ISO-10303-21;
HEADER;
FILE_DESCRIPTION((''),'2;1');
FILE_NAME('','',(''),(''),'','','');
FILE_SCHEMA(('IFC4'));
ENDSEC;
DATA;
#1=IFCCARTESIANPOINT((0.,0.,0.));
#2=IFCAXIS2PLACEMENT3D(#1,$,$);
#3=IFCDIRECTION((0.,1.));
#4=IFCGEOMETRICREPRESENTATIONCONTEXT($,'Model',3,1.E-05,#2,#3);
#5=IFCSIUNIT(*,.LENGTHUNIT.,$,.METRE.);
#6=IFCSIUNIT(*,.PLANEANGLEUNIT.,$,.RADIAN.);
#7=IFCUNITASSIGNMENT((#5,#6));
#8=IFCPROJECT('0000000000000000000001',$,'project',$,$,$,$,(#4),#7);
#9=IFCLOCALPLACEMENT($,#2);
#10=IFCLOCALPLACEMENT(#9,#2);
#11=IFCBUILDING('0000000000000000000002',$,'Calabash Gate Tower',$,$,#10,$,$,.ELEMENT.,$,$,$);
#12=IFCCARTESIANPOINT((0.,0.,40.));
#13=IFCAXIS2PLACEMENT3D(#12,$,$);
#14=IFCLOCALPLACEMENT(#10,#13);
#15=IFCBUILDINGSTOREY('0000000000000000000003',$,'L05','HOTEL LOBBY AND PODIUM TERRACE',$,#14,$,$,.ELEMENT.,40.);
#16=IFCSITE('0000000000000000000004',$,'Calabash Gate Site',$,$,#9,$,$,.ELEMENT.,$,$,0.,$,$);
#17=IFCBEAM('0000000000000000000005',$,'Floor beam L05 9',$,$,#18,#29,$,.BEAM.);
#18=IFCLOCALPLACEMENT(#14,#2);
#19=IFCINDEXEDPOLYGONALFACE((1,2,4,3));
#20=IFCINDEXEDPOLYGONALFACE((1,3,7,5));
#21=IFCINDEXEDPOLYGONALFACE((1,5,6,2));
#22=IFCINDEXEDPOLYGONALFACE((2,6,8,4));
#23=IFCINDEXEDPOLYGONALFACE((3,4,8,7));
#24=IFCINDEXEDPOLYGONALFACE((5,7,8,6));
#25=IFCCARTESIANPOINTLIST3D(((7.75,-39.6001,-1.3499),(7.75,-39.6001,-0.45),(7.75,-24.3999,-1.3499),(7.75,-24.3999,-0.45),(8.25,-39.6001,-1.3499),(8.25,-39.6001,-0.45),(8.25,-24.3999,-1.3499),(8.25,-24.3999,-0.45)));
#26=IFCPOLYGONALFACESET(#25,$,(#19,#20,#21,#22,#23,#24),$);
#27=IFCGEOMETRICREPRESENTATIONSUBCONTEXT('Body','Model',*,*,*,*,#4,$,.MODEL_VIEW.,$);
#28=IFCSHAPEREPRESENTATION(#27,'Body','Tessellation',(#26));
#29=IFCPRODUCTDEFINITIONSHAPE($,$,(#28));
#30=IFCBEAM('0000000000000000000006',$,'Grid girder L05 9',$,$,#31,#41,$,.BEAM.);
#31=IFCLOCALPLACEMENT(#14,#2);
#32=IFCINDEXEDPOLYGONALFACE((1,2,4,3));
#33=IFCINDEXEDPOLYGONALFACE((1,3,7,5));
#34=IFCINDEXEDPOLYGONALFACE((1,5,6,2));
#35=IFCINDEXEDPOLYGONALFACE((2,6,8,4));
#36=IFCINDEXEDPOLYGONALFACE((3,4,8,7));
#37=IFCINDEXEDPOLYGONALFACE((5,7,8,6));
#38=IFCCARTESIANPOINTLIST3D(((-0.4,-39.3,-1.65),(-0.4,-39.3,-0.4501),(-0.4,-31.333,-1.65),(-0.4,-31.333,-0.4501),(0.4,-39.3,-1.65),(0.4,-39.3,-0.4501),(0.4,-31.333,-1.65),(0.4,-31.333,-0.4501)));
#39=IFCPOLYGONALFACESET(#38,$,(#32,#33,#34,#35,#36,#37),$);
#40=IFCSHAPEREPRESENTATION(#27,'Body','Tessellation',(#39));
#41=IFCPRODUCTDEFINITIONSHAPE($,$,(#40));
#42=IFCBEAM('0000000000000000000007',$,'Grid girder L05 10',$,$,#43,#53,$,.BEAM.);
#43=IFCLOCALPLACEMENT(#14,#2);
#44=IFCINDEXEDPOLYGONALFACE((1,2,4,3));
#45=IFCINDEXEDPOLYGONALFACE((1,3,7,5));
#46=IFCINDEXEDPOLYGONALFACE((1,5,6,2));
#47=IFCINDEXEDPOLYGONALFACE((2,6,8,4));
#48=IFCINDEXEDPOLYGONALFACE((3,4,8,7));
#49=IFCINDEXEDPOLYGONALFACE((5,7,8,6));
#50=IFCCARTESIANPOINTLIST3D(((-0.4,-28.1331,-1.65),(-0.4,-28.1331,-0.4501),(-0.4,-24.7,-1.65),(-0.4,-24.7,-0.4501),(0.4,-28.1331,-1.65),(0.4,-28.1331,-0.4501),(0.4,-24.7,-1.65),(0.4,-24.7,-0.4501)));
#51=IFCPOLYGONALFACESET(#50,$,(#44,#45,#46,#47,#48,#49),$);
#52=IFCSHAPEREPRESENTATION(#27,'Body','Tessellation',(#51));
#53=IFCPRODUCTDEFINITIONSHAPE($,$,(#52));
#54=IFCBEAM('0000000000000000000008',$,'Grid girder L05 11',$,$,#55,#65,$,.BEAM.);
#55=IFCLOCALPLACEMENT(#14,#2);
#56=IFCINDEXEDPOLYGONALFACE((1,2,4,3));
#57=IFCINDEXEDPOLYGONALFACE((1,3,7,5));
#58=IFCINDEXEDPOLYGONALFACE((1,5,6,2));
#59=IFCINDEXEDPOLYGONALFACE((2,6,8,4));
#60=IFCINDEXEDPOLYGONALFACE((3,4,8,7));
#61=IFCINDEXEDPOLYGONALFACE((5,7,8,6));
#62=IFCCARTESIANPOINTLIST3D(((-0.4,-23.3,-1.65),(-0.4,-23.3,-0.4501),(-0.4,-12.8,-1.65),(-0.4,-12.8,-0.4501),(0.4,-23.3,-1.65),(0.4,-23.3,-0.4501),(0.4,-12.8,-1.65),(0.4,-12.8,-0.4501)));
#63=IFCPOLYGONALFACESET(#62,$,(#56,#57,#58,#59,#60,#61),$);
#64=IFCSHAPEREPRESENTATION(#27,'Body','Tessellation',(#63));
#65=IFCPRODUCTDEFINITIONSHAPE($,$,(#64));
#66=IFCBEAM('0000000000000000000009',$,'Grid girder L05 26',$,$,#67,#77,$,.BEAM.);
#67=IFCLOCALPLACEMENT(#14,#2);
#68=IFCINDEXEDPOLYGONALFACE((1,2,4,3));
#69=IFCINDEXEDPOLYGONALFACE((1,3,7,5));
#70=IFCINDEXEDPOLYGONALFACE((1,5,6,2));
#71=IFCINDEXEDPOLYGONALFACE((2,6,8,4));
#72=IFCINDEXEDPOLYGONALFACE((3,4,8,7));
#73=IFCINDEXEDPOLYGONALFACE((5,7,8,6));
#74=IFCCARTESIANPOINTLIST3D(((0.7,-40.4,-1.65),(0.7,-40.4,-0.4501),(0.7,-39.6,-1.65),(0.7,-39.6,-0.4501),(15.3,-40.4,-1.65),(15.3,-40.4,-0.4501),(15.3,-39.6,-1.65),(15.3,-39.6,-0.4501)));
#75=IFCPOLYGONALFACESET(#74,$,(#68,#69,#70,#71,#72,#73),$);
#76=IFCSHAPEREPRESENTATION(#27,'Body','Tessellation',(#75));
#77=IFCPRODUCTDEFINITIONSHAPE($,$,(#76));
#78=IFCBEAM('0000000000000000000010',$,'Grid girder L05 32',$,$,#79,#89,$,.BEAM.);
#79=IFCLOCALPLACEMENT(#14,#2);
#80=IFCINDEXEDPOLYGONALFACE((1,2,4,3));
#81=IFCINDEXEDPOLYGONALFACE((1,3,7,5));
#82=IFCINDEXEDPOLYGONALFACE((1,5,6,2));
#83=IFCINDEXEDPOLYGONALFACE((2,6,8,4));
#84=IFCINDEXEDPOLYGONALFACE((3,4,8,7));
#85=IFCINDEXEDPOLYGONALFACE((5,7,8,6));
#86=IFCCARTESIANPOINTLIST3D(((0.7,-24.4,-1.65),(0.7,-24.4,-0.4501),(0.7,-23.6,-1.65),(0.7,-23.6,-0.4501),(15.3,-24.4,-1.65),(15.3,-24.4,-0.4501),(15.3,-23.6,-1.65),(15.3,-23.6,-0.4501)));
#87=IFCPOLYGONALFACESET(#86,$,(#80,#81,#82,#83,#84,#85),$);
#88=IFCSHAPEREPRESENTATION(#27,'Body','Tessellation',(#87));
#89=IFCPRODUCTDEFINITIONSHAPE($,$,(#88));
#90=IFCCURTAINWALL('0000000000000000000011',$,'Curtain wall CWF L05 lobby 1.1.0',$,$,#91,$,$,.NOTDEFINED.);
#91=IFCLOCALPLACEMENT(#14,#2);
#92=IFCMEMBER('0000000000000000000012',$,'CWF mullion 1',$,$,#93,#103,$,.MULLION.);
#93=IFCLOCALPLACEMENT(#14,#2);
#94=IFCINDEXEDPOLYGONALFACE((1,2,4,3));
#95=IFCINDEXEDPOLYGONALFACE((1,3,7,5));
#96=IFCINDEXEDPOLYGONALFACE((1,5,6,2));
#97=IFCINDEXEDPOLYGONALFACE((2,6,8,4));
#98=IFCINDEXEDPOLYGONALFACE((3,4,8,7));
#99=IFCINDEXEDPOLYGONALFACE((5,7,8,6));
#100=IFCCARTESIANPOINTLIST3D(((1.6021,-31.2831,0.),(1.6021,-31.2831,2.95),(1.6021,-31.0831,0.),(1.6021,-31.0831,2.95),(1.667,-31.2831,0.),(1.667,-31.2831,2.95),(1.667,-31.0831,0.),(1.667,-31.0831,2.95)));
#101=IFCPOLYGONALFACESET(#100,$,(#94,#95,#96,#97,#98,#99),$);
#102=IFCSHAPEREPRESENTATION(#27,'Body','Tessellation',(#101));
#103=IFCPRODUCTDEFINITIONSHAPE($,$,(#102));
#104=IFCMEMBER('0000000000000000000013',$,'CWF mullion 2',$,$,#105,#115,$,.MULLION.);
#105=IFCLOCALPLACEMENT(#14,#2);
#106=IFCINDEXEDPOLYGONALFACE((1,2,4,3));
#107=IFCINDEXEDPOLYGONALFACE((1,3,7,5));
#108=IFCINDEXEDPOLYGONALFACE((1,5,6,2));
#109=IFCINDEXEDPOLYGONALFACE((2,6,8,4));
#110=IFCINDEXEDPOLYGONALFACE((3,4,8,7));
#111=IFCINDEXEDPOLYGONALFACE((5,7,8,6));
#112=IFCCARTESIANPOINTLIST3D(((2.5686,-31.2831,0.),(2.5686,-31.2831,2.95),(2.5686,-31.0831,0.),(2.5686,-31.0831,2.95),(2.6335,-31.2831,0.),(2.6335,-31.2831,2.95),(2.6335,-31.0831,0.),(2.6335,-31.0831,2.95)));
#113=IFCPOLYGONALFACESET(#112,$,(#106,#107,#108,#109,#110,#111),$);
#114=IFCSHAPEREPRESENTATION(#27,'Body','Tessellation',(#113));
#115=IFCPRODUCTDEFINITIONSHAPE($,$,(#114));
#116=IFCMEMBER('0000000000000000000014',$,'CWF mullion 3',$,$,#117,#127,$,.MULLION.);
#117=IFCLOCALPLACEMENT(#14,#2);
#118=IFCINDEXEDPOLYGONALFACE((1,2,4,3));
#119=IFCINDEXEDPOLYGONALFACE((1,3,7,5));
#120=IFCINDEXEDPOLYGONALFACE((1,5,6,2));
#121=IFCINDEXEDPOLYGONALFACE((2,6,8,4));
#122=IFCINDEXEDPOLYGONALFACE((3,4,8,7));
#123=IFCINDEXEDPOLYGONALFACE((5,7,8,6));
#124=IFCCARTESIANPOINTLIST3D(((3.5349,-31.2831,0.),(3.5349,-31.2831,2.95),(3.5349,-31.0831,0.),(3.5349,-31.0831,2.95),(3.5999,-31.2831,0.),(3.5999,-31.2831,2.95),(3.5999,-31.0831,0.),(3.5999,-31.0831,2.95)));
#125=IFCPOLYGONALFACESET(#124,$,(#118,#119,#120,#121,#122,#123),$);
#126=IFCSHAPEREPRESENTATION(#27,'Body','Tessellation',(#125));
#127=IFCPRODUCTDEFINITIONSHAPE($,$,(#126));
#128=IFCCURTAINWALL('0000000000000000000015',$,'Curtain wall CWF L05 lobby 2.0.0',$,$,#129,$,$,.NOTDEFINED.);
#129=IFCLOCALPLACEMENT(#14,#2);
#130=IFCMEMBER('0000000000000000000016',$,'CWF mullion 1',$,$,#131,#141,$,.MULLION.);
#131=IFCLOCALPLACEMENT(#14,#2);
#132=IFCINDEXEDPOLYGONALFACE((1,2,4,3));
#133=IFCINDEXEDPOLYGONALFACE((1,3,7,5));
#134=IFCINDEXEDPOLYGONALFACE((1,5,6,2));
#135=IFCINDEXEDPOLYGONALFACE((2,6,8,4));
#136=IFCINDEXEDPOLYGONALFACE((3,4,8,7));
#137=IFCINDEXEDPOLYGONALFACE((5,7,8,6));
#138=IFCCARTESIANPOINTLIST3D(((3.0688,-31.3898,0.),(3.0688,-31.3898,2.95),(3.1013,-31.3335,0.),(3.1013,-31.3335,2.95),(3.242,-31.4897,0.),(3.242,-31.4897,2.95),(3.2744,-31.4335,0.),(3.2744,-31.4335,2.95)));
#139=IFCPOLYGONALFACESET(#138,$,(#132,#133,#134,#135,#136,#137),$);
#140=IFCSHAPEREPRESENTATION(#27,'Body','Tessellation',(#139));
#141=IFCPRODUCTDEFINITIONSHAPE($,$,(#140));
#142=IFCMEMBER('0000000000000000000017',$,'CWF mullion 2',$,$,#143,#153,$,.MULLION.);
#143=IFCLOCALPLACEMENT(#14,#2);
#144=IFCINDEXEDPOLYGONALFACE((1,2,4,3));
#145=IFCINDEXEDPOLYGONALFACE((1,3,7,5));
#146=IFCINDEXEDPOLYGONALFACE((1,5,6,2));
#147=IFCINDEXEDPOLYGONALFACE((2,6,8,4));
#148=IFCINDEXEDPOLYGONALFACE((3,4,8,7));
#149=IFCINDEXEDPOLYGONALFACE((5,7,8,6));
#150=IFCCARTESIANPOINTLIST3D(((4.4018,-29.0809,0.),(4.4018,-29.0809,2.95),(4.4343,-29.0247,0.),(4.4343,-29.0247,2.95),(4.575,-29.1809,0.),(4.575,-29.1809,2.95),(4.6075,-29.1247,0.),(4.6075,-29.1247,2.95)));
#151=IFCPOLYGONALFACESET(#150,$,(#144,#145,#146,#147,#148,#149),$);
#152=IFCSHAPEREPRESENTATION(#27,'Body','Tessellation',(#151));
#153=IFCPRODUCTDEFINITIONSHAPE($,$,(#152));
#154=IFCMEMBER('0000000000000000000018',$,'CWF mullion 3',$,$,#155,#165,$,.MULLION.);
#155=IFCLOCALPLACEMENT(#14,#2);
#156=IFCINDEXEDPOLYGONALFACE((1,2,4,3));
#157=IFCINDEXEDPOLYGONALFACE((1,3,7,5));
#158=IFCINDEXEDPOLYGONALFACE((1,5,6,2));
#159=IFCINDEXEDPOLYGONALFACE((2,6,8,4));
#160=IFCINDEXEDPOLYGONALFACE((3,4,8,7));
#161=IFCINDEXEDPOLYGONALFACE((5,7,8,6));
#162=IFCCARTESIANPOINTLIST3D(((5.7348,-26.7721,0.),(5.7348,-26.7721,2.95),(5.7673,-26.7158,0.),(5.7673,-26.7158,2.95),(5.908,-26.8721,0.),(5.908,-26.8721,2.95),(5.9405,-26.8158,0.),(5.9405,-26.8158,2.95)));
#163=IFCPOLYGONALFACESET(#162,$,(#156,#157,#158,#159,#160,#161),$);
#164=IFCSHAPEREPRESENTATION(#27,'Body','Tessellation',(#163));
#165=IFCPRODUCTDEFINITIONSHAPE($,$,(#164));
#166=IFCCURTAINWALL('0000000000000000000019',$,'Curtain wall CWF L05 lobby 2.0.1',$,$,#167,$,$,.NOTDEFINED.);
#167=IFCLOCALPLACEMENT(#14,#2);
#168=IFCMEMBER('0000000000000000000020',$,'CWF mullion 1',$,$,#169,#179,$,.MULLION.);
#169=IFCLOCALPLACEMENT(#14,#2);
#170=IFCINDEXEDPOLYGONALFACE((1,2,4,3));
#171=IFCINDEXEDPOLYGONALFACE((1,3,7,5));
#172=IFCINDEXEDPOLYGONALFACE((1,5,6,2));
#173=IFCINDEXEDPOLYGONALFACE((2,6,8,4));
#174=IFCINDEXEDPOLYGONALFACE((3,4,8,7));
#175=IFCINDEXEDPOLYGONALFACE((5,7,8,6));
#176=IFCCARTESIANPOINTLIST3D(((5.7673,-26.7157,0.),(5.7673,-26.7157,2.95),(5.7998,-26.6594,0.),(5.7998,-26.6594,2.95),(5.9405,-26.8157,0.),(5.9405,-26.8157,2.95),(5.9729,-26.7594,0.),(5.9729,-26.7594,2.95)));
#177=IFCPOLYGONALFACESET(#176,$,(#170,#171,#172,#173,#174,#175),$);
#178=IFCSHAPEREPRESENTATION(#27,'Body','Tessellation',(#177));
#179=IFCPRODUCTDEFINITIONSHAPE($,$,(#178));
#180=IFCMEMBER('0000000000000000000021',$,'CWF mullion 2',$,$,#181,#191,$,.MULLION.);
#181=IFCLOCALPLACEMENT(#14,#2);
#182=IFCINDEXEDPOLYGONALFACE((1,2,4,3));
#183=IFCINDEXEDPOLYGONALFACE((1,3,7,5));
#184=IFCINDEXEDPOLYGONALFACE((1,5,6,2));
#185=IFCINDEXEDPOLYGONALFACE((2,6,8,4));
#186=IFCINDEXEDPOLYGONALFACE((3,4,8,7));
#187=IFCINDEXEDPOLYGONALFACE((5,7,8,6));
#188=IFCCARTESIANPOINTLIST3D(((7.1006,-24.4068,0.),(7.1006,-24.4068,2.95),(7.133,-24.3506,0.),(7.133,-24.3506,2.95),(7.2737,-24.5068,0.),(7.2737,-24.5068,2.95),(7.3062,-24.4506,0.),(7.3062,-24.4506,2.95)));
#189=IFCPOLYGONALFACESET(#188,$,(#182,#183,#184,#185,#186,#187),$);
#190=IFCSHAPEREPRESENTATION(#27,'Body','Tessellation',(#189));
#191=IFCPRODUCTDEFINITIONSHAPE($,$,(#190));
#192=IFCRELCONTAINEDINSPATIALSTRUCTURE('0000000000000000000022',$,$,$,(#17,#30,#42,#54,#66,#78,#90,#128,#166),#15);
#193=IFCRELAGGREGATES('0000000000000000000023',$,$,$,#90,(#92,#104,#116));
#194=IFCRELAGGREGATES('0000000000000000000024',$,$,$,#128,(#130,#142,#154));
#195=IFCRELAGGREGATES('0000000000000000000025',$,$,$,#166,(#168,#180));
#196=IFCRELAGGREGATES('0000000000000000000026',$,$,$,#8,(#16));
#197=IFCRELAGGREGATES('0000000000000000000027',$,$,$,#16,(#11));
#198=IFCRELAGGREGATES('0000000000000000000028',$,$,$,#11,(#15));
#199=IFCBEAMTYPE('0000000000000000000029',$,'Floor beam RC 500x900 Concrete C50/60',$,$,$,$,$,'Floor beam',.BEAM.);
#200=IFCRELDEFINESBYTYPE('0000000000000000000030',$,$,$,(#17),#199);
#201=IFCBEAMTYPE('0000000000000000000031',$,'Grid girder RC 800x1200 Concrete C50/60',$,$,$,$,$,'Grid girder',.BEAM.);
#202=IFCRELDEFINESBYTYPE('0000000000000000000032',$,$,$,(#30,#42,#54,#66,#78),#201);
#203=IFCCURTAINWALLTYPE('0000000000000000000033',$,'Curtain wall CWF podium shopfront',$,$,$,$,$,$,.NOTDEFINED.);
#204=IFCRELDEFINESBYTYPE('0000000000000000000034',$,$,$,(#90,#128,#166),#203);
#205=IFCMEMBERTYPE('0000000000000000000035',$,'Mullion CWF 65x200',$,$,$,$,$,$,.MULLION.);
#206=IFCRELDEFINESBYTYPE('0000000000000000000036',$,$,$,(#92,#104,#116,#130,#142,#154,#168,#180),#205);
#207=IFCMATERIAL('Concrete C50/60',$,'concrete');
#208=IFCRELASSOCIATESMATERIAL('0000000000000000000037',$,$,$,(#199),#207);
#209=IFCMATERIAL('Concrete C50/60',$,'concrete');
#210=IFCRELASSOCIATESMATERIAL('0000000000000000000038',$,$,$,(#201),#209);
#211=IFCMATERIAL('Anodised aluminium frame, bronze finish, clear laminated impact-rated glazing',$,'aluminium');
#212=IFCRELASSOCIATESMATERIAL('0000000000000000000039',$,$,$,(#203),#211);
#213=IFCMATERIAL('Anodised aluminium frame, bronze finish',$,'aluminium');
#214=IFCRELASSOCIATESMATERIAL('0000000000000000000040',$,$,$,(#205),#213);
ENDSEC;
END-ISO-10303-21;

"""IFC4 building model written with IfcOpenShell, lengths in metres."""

from ifc_helpers import new_model, si_unit, direction, frame, origin, origin_2d, place, context, subcontext, project, spatial, rectangle, extrude, material, material_profile, profile_set, type_object, element, aggregate, save


model = new_model("IFC4")

# Units and contexts
model_context = context("Model", 3, precision=1e-05, world=origin(), true_north=direction((0.0, 1.0)))
body_context = subcontext(model_context, "Body", "Model", "MODEL_VIEW")
ifc_project = project(units=[si_unit("LENGTHUNIT", "METRE"), si_unit("PLANEANGLEUNIT", "RADIAN")], contexts=[model_context])

# Site, building, storey
site_placement = place(None, origin())
site = spatial("IfcSite", under=ifc_project, at=site_placement, Name="Calabash Gate Site", CompositionType="ELEMENT", RefElevation=0.0)
building_placement = place(site_placement, origin())
building = spatial("IfcBuilding", under=site, at=building_placement, Name="Calabash Gate Tower", CompositionType="ELEMENT")
storey_placement = place(building_placement, frame((0.0, 0.0, 40.0)))
storey = spatial("IfcBuildingStorey", under=building, at=storey_placement, Name="L05", Description="HOTEL LOBBY AND PODIUM TERRACE", CompositionType="ELEMENT", Elevation=40.0)

# Beams
ifc_material_1 = material(Name="Concrete C50/60", Category="concrete")
ifc_material_profile_1 = material_profile(ifc_material_1, rectangle(XDim=0.5, YDim=0.8999, at=origin_2d()))
ifc_profile_set_1 = profile_set([ifc_material_profile_1], Name="Concrete C50/60")
beam_type_1 = type_object("IfcBeamType", Name="Floor beam RC 500x900 Concrete C50/60", ElementType="Floor beam", PredefinedType="BEAM", material=ifc_profile_set_1)
beam_1_placement = place(storey_placement, frame((8.0, -39.6001, -0.8999), z_axis=(0.0, 1.0, 0.0), x_axis=(-1.0, 0.0, 0.0)))
element("IfcBeam", 1, at=beam_1_placement, inside=storey, type_object=beam_type_1, Name="Floor beam L05 9", PredefinedType="BEAM", context=body_context, shape_type="SweptSolid", body=[
    extrude(rectangle(XDim=0.5, YDim=0.8999, at=origin_2d()), origin(), (0.0, 0.0, 1.0), 15.2002),
])
ifc_material_2 = material(Name="Concrete C50/60", Category="concrete")
ifc_material_profile_2 = material_profile(ifc_material_2, rectangle(XDim=0.8, YDim=1.2, at=origin_2d()))
ifc_profile_set_2 = profile_set([ifc_material_profile_2], Name="Concrete C50/60")
beam_type_2 = type_object("IfcBeamType", Name="Grid girder RC 800x1200 Concrete C50/60", ElementType="Grid girder", PredefinedType="BEAM", material=ifc_profile_set_2)
beam_2_placement = place(storey_placement, frame((0.0, -39.3, -1.05), z_axis=(0.0, 1.0, 0.0), x_axis=(-1.0, 0.0, 0.0)))
element("IfcBeam", 2, at=beam_2_placement, inside=storey, type_object=beam_type_2, Name="Grid girder L05 9", PredefinedType="BEAM", context=body_context, shape_type="SweptSolid", body=[
    extrude(rectangle(XDim=0.8, YDim=1.2, at=origin_2d()), origin(), (0.0, 0.0, 1.0), 7.967),
])
beam_3_placement = place(storey_placement, frame((0.0, -28.1331, -1.05), z_axis=(0.0, 1.0, 0.0), x_axis=(-1.0, 0.0, 0.0)))
element("IfcBeam", 3, at=beam_3_placement, inside=storey, type_object=beam_type_2, Name="Grid girder L05 10", PredefinedType="BEAM", context=body_context, shape_type="SweptSolid", body=[
    extrude(rectangle(XDim=0.8, YDim=1.2, at=origin_2d()), origin(), (0.0, 0.0, 1.0), 3.4331),
])
beam_4_placement = place(storey_placement, frame((0.0, -23.3, -1.05), z_axis=(0.0, 1.0, 0.0), x_axis=(-1.0, 0.0, 0.0)))
element("IfcBeam", 4, at=beam_4_placement, inside=storey, type_object=beam_type_2, Name="Grid girder L05 11", PredefinedType="BEAM", context=body_context, shape_type="SweptSolid", body=[
    extrude(rectangle(XDim=0.8, YDim=1.2, at=origin_2d()), origin(), (0.0, 0.0, 1.0), 10.5),
])
for number, where, z_axis, x_axis, name in (
    (5, (0.7, -40.0, -1.05), (1.0, 0.0, 0.0), (0.0, 1.0, 0.0), "Grid girder L05 26"),
    (6, (0.7, -24.0, -1.05), (1.0, 0.0, 0.0), (0.0, 1.0, 0.0), "Grid girder L05 32"),
):
    element("IfcBeam", number, at=place(storey_placement, frame(where, z_axis=z_axis, x_axis=x_axis)), inside=storey, type_object=beam_type_2, Name=name, PredefinedType="BEAM", context=body_context, shape_type="SweptSolid", body=[
        extrude(rectangle(XDim=0.8, YDim=1.2, at=origin_2d()), origin(), (0.0, 0.0, 1.0), 14.6001),
    ])

# Curtain walls, members
ifc_material_3 = material(Name="Anodised aluminium frame, bronze finish, clear laminated impact-rated glazing", Category="aluminium")
curtain_wall_type = type_object("IfcCurtainWallType", Name="Curtain wall CWF podium shopfront", PredefinedType="NOTDEFINED", material=ifc_material_3)
curtain_wall_1_placement = place(storey_placement, origin())
curtain_wall_1 = element("IfcCurtainWall", 7, at=curtain_wall_1_placement, inside=storey, type_object=curtain_wall_type, Name="Curtain wall CWF L05 lobby 1.1.0", PredefinedType="NOTDEFINED")
ifc_material_4 = material(Name="Anodised aluminium frame, bronze finish", Category="aluminium")
ifc_material_profile_3 = material_profile(ifc_material_4, rectangle(XDim=0.2, YDim=0.0649, at=origin_2d()))
ifc_profile_set_3 = profile_set([ifc_material_profile_3], Name="Anodised aluminium frame, bronze finish")
member_type_1 = type_object("IfcMemberType", Name="Mullion CWF 65x200", PredefinedType="MULLION", material=ifc_profile_set_3)
member_1_placement = place(storey_placement, frame((1.6345, -31.1831, 0.0), z_axis=(0.0, 0.0, 1.0), x_axis=(0.0, 1.0, 0.0)))
member_1 = element("IfcMember", 8, at=member_1_placement, type_object=member_type_1, Name="CWF mullion 1", PredefinedType="MULLION", context=body_context, shape_type="SweptSolid", body=[
    extrude(rectangle(XDim=0.2, YDim=0.0649, at=origin_2d()), origin(), (0.0, 0.0, 1.0), 2.95),
])
member_2_placement = place(storey_placement, frame((2.6011, -31.1831, 0.0), z_axis=(0.0, 0.0, 1.0), x_axis=(0.0, 1.0, 0.0)))
member_2 = element("IfcMember", 9, at=member_2_placement, type_object=member_type_1, Name="CWF mullion 2", PredefinedType="MULLION", context=body_context, shape_type="SweptSolid", body=[
    extrude(rectangle(XDim=0.2, YDim=0.0649, at=origin_2d()), origin(), (0.0, 0.0, 1.0), 2.95),
])
member_3_placement = place(storey_placement, frame((3.5674, -31.1831, 0.0), z_axis=(0.0, 0.0, 1.0), x_axis=(0.0, 1.0, 0.0)))
member_3 = element("IfcMember", 10, at=member_3_placement, type_object=member_type_1, Name="CWF mullion 3", PredefinedType="MULLION", context=body_context, shape_type="SweptSolid", body=[
    extrude(rectangle(XDim=0.2, YDim=0.0649, at=origin_2d()), origin(), (0.0, 0.0, 1.0), 2.95),
])
curtain_wall_2_placement = place(storey_placement, origin())
curtain_wall_2 = element("IfcCurtainWall", 11, at=curtain_wall_2_placement, inside=storey, type_object=curtain_wall_type, Name="Curtain wall CWF L05 lobby 2.0.0", PredefinedType="NOTDEFINED")
member_4_placement = place(storey_placement, frame((3.1716, -31.4116, 0.0), z_axis=(0.0, 0.0, 1.0), x_axis=(-0.866025, 0.5, 0.0)))
member_4 = element("IfcMember", 12, at=member_4_placement, type_object=member_type_1, Name="CWF mullion 1", PredefinedType="MULLION", context=body_context, shape_type="SweptSolid", body=[
    extrude(rectangle(XDim=0.2, YDim=0.0649, at=origin_2d()), origin(), (0.0, 0.0, 1.0), 2.95),
])
member_5_placement = place(storey_placement, frame((4.5046, -29.1028, 0.0), z_axis=(0.0, 0.0, 1.0), x_axis=(-0.866025, 0.5, 0.0)))
member_5 = element("IfcMember", 13, at=member_5_placement, type_object=member_type_1, Name="CWF mullion 2", PredefinedType="MULLION", context=body_context, shape_type="SweptSolid", body=[
    extrude(rectangle(XDim=0.2, YDim=0.0649, at=origin_2d()), origin(), (0.0, 0.0, 1.0), 2.95),
])
member_6_placement = place(storey_placement, frame((5.8376, -26.7939, 0.0), z_axis=(0.0, 0.0, 1.0), x_axis=(-0.866025, 0.5, 0.0)))
member_6 = element("IfcMember", 14, at=member_6_placement, type_object=member_type_1, Name="CWF mullion 3", PredefinedType="MULLION", context=body_context, shape_type="SweptSolid", body=[
    extrude(rectangle(XDim=0.2, YDim=0.0649, at=origin_2d()), origin(), (0.0, 0.0, 1.0), 2.95),
])
curtain_wall_3_placement = place(storey_placement, origin())
curtain_wall_3 = element("IfcCurtainWall", 15, at=curtain_wall_3_placement, inside=storey, type_object=curtain_wall_type, Name="Curtain wall CWF L05 lobby 2.0.1", PredefinedType="NOTDEFINED")
member_7_placement = place(storey_placement, frame((5.8701, -26.7375, 0.0), z_axis=(0.0, 0.0, 1.0), x_axis=(-0.866025, 0.5, 0.0)))
member_7 = element("IfcMember", 16, at=member_7_placement, type_object=member_type_1, Name="CWF mullion 1", PredefinedType="MULLION", context=body_context, shape_type="SweptSolid", body=[
    extrude(rectangle(XDim=0.2, YDim=0.0649, at=origin_2d()), origin(), (0.0, 0.0, 1.0), 2.95),
])
member_8_placement = place(storey_placement, frame((7.2034, -24.4287, 0.0), z_axis=(0.0, 0.0, 1.0), x_axis=(-0.866025, 0.5, 0.0)))
member_8 = element("IfcMember", 17, at=member_8_placement, type_object=member_type_1, Name="CWF mullion 2", PredefinedType="MULLION", context=body_context, shape_type="SweptSolid", body=[
    extrude(rectangle(XDim=0.2, YDim=0.0649, at=origin_2d()), origin(), (0.0, 0.0, 1.0), 2.95),
])

aggregate(curtain_wall_1, [member_1, member_2, member_3])
aggregate(curtain_wall_2, [member_4, member_5, member_6])
aggregate(curtain_wall_3, [member_7, member_8])

save(model, "model.ifc")
